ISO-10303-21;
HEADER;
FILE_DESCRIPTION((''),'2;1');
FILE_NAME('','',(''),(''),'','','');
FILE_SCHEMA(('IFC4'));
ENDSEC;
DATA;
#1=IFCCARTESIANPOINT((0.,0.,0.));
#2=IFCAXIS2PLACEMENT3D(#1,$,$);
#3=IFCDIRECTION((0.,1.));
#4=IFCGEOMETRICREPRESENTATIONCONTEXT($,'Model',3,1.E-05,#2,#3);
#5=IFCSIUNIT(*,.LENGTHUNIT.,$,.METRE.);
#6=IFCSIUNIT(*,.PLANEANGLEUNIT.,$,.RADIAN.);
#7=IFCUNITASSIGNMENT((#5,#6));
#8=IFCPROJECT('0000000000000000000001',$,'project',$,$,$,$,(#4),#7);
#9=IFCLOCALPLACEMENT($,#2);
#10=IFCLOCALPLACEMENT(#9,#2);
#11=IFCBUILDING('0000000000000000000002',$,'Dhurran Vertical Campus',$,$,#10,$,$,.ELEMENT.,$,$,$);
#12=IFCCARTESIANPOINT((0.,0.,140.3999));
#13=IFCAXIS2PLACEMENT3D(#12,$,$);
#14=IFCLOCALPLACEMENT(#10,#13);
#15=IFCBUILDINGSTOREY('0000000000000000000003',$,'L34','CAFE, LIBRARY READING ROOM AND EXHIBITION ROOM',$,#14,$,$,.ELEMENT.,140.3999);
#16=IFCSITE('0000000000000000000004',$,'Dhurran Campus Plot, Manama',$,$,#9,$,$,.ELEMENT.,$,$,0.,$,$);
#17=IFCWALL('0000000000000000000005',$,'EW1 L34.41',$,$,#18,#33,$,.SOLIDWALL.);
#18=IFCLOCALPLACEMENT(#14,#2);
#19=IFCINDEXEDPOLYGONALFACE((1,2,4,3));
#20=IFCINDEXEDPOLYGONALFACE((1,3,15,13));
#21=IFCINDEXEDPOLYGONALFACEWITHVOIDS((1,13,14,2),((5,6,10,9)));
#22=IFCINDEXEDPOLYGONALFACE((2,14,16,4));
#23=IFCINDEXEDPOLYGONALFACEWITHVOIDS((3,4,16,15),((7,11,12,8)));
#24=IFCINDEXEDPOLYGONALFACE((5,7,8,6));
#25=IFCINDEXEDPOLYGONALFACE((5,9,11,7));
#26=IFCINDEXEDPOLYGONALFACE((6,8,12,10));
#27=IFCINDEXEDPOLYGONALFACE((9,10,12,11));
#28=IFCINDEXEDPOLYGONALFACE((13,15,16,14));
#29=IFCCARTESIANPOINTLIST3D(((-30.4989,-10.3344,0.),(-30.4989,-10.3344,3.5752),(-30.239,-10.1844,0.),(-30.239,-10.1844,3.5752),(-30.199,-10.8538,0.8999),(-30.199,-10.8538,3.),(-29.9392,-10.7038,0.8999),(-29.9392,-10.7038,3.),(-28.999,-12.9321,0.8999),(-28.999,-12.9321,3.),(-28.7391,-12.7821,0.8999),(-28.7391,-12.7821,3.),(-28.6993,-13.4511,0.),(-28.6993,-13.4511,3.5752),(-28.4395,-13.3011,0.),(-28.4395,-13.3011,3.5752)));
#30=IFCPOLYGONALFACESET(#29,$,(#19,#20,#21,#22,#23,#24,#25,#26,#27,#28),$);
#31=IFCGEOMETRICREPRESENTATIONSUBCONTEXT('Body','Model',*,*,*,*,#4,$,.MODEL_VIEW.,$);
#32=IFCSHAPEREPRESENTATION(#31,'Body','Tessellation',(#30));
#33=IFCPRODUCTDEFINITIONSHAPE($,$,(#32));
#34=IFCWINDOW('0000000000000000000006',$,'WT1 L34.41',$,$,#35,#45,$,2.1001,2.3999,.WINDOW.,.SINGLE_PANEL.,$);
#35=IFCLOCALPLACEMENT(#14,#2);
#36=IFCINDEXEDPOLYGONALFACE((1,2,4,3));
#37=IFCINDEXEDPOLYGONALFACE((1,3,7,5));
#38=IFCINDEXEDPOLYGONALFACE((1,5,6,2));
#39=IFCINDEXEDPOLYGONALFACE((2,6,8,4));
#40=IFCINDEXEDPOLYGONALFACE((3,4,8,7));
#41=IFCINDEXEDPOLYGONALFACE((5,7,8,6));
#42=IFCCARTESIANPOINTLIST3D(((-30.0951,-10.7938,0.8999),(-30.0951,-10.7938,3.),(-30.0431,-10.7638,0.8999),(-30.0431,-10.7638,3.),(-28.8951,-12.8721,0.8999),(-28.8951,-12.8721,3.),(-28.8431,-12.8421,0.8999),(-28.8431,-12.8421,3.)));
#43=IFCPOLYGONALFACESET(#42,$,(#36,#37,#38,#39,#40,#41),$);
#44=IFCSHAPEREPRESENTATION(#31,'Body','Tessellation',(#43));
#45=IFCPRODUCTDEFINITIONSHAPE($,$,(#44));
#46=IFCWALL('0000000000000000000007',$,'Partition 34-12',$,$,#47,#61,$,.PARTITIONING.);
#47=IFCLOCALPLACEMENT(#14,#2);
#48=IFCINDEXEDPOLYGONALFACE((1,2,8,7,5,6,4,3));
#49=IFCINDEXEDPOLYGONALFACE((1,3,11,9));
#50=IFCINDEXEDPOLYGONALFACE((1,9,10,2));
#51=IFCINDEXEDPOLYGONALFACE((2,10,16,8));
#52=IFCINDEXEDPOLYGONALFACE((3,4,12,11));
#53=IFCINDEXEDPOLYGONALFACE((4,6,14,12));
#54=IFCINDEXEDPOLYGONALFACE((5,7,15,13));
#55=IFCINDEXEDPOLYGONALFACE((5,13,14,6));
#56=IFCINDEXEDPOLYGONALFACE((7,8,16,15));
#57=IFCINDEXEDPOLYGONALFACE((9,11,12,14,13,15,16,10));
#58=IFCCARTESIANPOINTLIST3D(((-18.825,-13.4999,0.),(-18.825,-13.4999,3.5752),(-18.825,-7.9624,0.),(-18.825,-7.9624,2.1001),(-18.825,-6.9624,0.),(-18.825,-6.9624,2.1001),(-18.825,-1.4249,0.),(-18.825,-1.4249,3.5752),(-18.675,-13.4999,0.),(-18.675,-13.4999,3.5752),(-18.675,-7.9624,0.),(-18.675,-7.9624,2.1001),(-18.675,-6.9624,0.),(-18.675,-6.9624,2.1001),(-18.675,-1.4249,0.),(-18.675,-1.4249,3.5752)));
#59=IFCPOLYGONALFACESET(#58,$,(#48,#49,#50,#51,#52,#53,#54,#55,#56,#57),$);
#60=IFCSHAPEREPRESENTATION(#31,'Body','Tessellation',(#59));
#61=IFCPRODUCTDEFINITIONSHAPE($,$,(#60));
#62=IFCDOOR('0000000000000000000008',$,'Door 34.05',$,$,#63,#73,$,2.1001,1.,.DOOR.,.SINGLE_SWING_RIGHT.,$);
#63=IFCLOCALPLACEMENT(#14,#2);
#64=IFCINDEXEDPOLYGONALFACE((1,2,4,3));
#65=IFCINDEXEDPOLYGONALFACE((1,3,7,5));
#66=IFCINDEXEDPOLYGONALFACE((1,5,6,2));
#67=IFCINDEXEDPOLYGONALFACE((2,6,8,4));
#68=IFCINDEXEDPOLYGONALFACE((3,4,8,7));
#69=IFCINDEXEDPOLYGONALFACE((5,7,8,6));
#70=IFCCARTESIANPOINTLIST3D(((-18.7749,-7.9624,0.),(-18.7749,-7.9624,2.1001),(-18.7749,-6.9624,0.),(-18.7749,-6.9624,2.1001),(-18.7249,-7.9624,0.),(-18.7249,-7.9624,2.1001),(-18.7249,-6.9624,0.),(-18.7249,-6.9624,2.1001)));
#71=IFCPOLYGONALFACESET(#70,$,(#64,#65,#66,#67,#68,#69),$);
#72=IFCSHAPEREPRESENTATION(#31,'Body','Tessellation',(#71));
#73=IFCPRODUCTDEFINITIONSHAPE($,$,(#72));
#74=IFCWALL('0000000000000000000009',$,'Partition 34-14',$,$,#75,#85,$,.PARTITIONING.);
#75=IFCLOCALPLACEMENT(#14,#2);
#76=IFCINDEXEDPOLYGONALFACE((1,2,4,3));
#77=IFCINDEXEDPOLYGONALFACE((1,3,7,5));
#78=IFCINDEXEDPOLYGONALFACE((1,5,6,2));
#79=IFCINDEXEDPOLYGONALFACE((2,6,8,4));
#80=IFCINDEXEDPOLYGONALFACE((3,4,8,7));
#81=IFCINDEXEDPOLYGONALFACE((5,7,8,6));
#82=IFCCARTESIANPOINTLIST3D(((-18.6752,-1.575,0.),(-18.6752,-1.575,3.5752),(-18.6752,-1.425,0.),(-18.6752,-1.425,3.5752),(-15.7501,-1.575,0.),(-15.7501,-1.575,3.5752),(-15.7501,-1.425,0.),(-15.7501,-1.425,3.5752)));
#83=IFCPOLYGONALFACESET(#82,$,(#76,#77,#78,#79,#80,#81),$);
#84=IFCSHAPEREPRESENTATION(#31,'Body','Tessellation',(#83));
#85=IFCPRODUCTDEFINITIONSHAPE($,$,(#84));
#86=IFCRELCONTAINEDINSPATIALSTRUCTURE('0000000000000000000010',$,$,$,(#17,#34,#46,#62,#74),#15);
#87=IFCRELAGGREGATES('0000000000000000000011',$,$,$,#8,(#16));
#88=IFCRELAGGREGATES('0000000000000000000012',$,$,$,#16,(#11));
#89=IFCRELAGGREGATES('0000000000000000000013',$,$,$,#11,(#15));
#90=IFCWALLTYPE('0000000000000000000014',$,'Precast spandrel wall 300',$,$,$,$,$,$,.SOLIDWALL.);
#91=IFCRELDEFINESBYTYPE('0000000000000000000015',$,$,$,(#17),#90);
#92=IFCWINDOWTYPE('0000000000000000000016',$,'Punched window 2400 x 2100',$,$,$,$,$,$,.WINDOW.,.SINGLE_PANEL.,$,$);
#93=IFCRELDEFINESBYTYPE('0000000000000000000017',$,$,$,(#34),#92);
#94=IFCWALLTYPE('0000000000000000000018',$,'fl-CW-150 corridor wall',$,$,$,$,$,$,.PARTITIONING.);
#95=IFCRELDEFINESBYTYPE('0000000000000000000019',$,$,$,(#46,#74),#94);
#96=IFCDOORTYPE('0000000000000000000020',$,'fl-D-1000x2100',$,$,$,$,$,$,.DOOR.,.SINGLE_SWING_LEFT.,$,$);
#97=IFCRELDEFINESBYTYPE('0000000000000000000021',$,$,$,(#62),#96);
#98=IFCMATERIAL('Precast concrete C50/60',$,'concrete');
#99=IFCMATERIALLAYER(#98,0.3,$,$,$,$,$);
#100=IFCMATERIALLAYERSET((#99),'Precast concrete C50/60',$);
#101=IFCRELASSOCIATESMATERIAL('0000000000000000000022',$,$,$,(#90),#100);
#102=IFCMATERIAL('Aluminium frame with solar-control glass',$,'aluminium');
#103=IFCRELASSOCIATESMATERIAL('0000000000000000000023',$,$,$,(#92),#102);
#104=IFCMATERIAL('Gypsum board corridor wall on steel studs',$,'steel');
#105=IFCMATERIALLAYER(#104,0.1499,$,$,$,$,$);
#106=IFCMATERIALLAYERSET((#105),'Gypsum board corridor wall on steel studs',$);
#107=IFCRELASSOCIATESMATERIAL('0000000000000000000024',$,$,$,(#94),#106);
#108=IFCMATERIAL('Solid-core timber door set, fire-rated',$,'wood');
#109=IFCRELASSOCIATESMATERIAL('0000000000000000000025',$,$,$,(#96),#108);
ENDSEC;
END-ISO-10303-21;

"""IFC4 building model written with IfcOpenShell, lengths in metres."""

from ifc_helpers import new_model, si_unit, direction, frame, frame_2d, origin, place, context, subcontext, project, spatial, rectangle, extrude, material, layer, layer_set, type_object, element, fill, save


model = new_model("IFC4")

# Units and contexts
model_context = context("Model", 3, precision=1e-05, world=origin(), true_north=direction((0.0, 1.0)))
body_context = subcontext(model_context, "Body", "Model", "MODEL_VIEW")
ifc_project = project(units=[si_unit("LENGTHUNIT", "METRE"), si_unit("PLANEANGLEUNIT", "RADIAN")], contexts=[model_context])

# Site, building, storey
site_placement = place(None, origin())
site = spatial("IfcSite", under=ifc_project, at=site_placement, Name="Dhurran Campus Plot, Manama", CompositionType="ELEMENT", RefElevation=0.0)
building_placement = place(site_placement, origin())
building = spatial("IfcBuilding", under=site, at=building_placement, Name="Dhurran Vertical Campus", CompositionType="ELEMENT")
storey_placement = place(building_placement, frame((0.0, 0.0, 140.3999)))
storey = spatial("IfcBuildingStorey", under=building, at=storey_placement, Name="L34", Description="CAFE, LIBRARY READING ROOM AND EXHIBITION ROOM", CompositionType="ELEMENT", Elevation=140.3999)

# Wall, opening, window
ifc_material_1 = material(Name="Precast concrete C50/60", Category="concrete")
ifc_layer_1 = layer(ifc_material_1, 0.3)
ifc_layer_set_1 = layer_set([ifc_layer_1], Name="Precast concrete C50/60")
wall_type_1 = type_object("IfcWallType", Name="Precast spandrel wall 300", PredefinedType="SOLIDWALL", material=ifc_layer_set_1)
ifc_material_2 = material(Name="Aluminium frame with solar-control glass", Category="aluminium")
window_type = type_object("IfcWindowType", Name="Punched window 2400 x 2100", PartitioningType="SINGLE_PANEL", PredefinedType="WINDOW", material=ifc_material_2)
wall_1_placement = place(storey_placement, frame((-30.3689, -10.2595, 0.0), z_axis=(0.0, 0.0, 1.0), x_axis=(0.500028, -0.866009, 0.0)))
wall_1 = element("IfcWall", 1, at=wall_1_placement, inside=storey, type_object=wall_type_1, Name="EW1 L34.41", PredefinedType="SOLIDWALL", context=body_context, shape_type="SweptSolid", body=[
    extrude(rectangle(XDim=3.5989, YDim=0.3, at=frame_2d((1.7993, 0.0))), origin(), (0.0, 0.0, 1.0), 3.5752),
])
opening_1_placement = place(wall_1_placement, frame((0.5996, 0.0, 0.8999)))
opening_1 = element("IfcOpeningElement", 2, at=opening_1_placement, cuts=wall_1, PredefinedType="OPENING", context=body_context, shape_type="SweptSolid", body=[
    extrude(rectangle(XDim=2.3999, YDim=2.1001, at=frame_2d((1.2, 1.05))), frame((0.0, 0.1599, 0.0), z_axis=(0.0, -1.0, 0.0), x_axis=(1.0, 0.0, 0.0)), (0.0, 0.0, 1.0), 0.3201),
])
window_1_placement = place(opening_1_placement, origin())
window_1 = element("IfcWindow", 3, at=window_1_placement, inside=storey, type_object=window_type, Name="WT1 L34.41", OverallHeight=2.1001, OverallWidth=2.3999, PartitioningType="SINGLE_PANEL", PredefinedType="WINDOW", context=body_context, shape_type="SweptSolid", body=[
    extrude(rectangle(XDim=2.3999, YDim=2.1001, at=frame_2d((1.2, 1.05))), frame((0.0, 0.03, 0.0), z_axis=(0.0, -1.0, 0.0), x_axis=(1.0, 0.0, 0.0)), (0.0, 0.0, 1.0), 0.0601),
])
fill(opening_1, window_1)

# Wall, opening, door
ifc_material_3 = material(Name="Gypsum board corridor wall on steel studs", Category="steel")
ifc_layer_2 = layer(ifc_material_3, 0.1499)
ifc_layer_set_2 = layer_set([ifc_layer_2], Name="Gypsum board corridor wall on steel studs")
wall_type_2 = type_object("IfcWallType", Name="fl-CW-150 corridor wall", PredefinedType="PARTITIONING", material=ifc_layer_set_2)
wall_2_placement = place(storey_placement, frame((-18.75, -13.5, 0.0), z_axis=(0.0, 0.0, 1.0), x_axis=(0.0, 1.0, 0.0)))
wall_2 = element("IfcWall", 4, at=wall_2_placement, inside=storey, type_object=wall_type_2, Name="Partition 34-12", PredefinedType="PARTITIONING", context=body_context, shape_type="SweptSolid", body=[
    extrude(rectangle(XDim=12.075, YDim=0.1499, at=frame_2d((6.0376, 0.0))), origin(), (0.0, 0.0, 1.0), 3.5752),
])
opening_2_placement = place(wall_2_placement, frame((5.5376, 0.0, 0.0)))
opening_2 = element("IfcOpeningElement", 5, at=opening_2_placement, cuts=wall_2, PredefinedType="OPENING", context=body_context, shape_type="SweptSolid", body=[
    extrude(rectangle(XDim=1.0, YDim=2.1001, at=frame_2d((0.5, 1.05))), frame((0.0, 0.085, 0.0), z_axis=(0.0, -1.0, 0.0), x_axis=(1.0, 0.0, 0.0)), (0.0, 0.0, 1.0), 0.1699),
])
ifc_material_4 = material(Name="Solid-core timber door set, fire-rated", Category="wood")
door_type = type_object("IfcDoorType", Name="fl-D-1000x2100", OperationType="SINGLE_SWING_LEFT", PredefinedType="DOOR", material=ifc_material_4)
door_placement = place(opening_2_placement, origin())
door = element("IfcDoor", 6, at=door_placement, inside=storey, type_object=door_type, Name="Door 34.05", OperationType="SINGLE_SWING_RIGHT", OverallHeight=2.1001, OverallWidth=1.0, PredefinedType="DOOR", context=body_context, shape_type="SweptSolid", body=[
    extrude(rectangle(XDim=1.0, YDim=2.1001, at=frame_2d((0.5, 1.05))), frame((0.0, 0.0249, 0.0), z_axis=(0.0, -1.0, 0.0), x_axis=(1.0, 0.0, 0.0)), (0.0, 0.0, 1.0), 0.05),
])
fill(opening_2, door)

# Wall
wall_3_placement = place(storey_placement, frame((-18.675, -1.5, 0.0), z_axis=(0.0, 0.0, 1.0), x_axis=(1.0, 0.0, 0.0)))
element("IfcWall", 7, at=wall_3_placement, inside=storey, type_object=wall_type_2, Name="Partition 34-14", PredefinedType="PARTITIONING", context=body_context, shape_type="SweptSolid", body=[
    extrude(rectangle(XDim=2.925, YDim=0.1499, at=frame_2d((1.4624, 0.0))), origin(), (0.0, 0.0, 1.0), 3.5752),
])

save(model, "model.ifc")
